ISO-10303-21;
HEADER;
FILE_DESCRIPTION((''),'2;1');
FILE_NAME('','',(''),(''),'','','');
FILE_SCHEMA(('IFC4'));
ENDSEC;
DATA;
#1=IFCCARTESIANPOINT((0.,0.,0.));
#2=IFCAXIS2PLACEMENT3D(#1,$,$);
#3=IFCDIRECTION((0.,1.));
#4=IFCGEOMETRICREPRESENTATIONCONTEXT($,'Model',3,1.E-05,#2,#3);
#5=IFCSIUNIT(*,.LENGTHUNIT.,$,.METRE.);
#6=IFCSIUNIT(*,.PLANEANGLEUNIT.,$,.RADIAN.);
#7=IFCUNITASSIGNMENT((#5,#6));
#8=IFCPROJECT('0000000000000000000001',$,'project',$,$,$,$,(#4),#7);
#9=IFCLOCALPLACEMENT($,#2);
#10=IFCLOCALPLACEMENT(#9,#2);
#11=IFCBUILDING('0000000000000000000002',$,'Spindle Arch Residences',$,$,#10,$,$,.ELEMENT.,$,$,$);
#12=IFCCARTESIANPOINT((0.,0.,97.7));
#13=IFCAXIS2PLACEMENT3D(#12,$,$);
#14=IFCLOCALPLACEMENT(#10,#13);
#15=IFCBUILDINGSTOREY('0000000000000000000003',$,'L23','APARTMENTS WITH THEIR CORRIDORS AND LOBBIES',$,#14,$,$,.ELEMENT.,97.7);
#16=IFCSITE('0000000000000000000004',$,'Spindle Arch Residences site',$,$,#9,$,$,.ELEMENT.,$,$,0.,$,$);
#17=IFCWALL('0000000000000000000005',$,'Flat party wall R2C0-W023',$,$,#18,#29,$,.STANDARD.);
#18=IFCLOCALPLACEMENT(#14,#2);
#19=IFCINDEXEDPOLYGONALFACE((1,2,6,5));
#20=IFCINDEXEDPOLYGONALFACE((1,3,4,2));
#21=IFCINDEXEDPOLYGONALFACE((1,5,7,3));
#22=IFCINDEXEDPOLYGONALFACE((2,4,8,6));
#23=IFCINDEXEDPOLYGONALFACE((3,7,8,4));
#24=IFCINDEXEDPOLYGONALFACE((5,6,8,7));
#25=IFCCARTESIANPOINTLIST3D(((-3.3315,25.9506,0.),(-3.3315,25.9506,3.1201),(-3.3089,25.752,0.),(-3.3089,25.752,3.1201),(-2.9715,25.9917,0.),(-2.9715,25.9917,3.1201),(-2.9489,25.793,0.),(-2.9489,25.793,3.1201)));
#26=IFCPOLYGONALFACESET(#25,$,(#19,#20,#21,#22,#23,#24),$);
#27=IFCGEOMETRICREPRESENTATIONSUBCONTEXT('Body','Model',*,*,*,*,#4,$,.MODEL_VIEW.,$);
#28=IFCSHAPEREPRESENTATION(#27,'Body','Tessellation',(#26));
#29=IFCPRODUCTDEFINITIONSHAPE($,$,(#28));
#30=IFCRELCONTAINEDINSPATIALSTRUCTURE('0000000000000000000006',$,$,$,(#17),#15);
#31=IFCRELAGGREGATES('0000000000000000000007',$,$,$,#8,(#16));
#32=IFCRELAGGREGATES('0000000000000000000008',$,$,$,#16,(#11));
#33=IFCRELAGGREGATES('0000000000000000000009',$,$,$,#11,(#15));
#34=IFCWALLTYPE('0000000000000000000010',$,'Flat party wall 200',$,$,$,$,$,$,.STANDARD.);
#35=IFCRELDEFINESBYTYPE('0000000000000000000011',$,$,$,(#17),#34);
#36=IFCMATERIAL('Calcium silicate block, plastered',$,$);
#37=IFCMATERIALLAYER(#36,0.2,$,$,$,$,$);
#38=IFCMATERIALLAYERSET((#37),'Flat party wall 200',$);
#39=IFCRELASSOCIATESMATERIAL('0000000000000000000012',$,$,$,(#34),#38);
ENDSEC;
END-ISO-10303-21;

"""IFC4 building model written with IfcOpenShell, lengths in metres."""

from ifc_helpers import new_model, si_unit, direction, frame, frame_2d, origin, place, context, subcontext, project, spatial, rectangle, extrude, material, layer, layer_set, type_object, element, save


model = new_model("IFC4")

# Units and contexts
model_context = context("Model", 3, precision=1e-05, world=origin(), true_north=direction((0.0, 1.0)))
body_context = subcontext(model_context, "Body", "Model", "MODEL_VIEW")
ifc_project = project(units=[si_unit("LENGTHUNIT", "METRE"), si_unit("PLANEANGLEUNIT", "RADIAN")], contexts=[model_context])

# Site, building, storey
site_placement = place(None, origin())
site = spatial("IfcSite", under=ifc_project, at=site_placement, Name="Spindle Arch Residences site", CompositionType="ELEMENT", RefElevation=0.0)
building_placement = place(site_placement, origin())
building = spatial("IfcBuilding", under=site, at=building_placement, Name="Spindle Arch Residences", CompositionType="ELEMENT")
storey_placement = place(building_placement, frame((0.0, 0.0, 97.7)))
storey = spatial("IfcBuildingStorey", under=building, at=storey_placement, Name="L23", Description="APARTMENTS WITH THEIR CORRIDORS AND LOBBIES", CompositionType="ELEMENT", Elevation=97.7)

# Wall
ifc_material_1 = material(Name="Calcium silicate block, plastered")
ifc_layer_1 = layer(ifc_material_1, 0.2)
ifc_layer_set_1 = layer_set([ifc_layer_1], Name="Flat party wall 200")
wall_type_1 = type_object("IfcWallType", Name="Flat party wall 200", PredefinedType="STANDARD", material=ifc_layer_set_1)
wall_1_placement = place(storey_placement, frame((-2.9602, 25.8923, 0.0), z_axis=(0.0, 0.0, 1.0), x_axis=(-0.993567, -0.113242, 0.0)))
element("IfcWall", 1, at=wall_1_placement, inside=storey, type_object=wall_type_1, Name="Flat party wall R2C0-W023", PredefinedType="STANDARD", context=body_context, shape_type="SweptSolid", body=[
    extrude(rectangle(XDim=0.3623, YDim=0.2, at=frame_2d((0.1812, 0.0))), origin(), (0.0, 0.0, 1.0), 3.1201),
])

save(model, "model.ifc")
